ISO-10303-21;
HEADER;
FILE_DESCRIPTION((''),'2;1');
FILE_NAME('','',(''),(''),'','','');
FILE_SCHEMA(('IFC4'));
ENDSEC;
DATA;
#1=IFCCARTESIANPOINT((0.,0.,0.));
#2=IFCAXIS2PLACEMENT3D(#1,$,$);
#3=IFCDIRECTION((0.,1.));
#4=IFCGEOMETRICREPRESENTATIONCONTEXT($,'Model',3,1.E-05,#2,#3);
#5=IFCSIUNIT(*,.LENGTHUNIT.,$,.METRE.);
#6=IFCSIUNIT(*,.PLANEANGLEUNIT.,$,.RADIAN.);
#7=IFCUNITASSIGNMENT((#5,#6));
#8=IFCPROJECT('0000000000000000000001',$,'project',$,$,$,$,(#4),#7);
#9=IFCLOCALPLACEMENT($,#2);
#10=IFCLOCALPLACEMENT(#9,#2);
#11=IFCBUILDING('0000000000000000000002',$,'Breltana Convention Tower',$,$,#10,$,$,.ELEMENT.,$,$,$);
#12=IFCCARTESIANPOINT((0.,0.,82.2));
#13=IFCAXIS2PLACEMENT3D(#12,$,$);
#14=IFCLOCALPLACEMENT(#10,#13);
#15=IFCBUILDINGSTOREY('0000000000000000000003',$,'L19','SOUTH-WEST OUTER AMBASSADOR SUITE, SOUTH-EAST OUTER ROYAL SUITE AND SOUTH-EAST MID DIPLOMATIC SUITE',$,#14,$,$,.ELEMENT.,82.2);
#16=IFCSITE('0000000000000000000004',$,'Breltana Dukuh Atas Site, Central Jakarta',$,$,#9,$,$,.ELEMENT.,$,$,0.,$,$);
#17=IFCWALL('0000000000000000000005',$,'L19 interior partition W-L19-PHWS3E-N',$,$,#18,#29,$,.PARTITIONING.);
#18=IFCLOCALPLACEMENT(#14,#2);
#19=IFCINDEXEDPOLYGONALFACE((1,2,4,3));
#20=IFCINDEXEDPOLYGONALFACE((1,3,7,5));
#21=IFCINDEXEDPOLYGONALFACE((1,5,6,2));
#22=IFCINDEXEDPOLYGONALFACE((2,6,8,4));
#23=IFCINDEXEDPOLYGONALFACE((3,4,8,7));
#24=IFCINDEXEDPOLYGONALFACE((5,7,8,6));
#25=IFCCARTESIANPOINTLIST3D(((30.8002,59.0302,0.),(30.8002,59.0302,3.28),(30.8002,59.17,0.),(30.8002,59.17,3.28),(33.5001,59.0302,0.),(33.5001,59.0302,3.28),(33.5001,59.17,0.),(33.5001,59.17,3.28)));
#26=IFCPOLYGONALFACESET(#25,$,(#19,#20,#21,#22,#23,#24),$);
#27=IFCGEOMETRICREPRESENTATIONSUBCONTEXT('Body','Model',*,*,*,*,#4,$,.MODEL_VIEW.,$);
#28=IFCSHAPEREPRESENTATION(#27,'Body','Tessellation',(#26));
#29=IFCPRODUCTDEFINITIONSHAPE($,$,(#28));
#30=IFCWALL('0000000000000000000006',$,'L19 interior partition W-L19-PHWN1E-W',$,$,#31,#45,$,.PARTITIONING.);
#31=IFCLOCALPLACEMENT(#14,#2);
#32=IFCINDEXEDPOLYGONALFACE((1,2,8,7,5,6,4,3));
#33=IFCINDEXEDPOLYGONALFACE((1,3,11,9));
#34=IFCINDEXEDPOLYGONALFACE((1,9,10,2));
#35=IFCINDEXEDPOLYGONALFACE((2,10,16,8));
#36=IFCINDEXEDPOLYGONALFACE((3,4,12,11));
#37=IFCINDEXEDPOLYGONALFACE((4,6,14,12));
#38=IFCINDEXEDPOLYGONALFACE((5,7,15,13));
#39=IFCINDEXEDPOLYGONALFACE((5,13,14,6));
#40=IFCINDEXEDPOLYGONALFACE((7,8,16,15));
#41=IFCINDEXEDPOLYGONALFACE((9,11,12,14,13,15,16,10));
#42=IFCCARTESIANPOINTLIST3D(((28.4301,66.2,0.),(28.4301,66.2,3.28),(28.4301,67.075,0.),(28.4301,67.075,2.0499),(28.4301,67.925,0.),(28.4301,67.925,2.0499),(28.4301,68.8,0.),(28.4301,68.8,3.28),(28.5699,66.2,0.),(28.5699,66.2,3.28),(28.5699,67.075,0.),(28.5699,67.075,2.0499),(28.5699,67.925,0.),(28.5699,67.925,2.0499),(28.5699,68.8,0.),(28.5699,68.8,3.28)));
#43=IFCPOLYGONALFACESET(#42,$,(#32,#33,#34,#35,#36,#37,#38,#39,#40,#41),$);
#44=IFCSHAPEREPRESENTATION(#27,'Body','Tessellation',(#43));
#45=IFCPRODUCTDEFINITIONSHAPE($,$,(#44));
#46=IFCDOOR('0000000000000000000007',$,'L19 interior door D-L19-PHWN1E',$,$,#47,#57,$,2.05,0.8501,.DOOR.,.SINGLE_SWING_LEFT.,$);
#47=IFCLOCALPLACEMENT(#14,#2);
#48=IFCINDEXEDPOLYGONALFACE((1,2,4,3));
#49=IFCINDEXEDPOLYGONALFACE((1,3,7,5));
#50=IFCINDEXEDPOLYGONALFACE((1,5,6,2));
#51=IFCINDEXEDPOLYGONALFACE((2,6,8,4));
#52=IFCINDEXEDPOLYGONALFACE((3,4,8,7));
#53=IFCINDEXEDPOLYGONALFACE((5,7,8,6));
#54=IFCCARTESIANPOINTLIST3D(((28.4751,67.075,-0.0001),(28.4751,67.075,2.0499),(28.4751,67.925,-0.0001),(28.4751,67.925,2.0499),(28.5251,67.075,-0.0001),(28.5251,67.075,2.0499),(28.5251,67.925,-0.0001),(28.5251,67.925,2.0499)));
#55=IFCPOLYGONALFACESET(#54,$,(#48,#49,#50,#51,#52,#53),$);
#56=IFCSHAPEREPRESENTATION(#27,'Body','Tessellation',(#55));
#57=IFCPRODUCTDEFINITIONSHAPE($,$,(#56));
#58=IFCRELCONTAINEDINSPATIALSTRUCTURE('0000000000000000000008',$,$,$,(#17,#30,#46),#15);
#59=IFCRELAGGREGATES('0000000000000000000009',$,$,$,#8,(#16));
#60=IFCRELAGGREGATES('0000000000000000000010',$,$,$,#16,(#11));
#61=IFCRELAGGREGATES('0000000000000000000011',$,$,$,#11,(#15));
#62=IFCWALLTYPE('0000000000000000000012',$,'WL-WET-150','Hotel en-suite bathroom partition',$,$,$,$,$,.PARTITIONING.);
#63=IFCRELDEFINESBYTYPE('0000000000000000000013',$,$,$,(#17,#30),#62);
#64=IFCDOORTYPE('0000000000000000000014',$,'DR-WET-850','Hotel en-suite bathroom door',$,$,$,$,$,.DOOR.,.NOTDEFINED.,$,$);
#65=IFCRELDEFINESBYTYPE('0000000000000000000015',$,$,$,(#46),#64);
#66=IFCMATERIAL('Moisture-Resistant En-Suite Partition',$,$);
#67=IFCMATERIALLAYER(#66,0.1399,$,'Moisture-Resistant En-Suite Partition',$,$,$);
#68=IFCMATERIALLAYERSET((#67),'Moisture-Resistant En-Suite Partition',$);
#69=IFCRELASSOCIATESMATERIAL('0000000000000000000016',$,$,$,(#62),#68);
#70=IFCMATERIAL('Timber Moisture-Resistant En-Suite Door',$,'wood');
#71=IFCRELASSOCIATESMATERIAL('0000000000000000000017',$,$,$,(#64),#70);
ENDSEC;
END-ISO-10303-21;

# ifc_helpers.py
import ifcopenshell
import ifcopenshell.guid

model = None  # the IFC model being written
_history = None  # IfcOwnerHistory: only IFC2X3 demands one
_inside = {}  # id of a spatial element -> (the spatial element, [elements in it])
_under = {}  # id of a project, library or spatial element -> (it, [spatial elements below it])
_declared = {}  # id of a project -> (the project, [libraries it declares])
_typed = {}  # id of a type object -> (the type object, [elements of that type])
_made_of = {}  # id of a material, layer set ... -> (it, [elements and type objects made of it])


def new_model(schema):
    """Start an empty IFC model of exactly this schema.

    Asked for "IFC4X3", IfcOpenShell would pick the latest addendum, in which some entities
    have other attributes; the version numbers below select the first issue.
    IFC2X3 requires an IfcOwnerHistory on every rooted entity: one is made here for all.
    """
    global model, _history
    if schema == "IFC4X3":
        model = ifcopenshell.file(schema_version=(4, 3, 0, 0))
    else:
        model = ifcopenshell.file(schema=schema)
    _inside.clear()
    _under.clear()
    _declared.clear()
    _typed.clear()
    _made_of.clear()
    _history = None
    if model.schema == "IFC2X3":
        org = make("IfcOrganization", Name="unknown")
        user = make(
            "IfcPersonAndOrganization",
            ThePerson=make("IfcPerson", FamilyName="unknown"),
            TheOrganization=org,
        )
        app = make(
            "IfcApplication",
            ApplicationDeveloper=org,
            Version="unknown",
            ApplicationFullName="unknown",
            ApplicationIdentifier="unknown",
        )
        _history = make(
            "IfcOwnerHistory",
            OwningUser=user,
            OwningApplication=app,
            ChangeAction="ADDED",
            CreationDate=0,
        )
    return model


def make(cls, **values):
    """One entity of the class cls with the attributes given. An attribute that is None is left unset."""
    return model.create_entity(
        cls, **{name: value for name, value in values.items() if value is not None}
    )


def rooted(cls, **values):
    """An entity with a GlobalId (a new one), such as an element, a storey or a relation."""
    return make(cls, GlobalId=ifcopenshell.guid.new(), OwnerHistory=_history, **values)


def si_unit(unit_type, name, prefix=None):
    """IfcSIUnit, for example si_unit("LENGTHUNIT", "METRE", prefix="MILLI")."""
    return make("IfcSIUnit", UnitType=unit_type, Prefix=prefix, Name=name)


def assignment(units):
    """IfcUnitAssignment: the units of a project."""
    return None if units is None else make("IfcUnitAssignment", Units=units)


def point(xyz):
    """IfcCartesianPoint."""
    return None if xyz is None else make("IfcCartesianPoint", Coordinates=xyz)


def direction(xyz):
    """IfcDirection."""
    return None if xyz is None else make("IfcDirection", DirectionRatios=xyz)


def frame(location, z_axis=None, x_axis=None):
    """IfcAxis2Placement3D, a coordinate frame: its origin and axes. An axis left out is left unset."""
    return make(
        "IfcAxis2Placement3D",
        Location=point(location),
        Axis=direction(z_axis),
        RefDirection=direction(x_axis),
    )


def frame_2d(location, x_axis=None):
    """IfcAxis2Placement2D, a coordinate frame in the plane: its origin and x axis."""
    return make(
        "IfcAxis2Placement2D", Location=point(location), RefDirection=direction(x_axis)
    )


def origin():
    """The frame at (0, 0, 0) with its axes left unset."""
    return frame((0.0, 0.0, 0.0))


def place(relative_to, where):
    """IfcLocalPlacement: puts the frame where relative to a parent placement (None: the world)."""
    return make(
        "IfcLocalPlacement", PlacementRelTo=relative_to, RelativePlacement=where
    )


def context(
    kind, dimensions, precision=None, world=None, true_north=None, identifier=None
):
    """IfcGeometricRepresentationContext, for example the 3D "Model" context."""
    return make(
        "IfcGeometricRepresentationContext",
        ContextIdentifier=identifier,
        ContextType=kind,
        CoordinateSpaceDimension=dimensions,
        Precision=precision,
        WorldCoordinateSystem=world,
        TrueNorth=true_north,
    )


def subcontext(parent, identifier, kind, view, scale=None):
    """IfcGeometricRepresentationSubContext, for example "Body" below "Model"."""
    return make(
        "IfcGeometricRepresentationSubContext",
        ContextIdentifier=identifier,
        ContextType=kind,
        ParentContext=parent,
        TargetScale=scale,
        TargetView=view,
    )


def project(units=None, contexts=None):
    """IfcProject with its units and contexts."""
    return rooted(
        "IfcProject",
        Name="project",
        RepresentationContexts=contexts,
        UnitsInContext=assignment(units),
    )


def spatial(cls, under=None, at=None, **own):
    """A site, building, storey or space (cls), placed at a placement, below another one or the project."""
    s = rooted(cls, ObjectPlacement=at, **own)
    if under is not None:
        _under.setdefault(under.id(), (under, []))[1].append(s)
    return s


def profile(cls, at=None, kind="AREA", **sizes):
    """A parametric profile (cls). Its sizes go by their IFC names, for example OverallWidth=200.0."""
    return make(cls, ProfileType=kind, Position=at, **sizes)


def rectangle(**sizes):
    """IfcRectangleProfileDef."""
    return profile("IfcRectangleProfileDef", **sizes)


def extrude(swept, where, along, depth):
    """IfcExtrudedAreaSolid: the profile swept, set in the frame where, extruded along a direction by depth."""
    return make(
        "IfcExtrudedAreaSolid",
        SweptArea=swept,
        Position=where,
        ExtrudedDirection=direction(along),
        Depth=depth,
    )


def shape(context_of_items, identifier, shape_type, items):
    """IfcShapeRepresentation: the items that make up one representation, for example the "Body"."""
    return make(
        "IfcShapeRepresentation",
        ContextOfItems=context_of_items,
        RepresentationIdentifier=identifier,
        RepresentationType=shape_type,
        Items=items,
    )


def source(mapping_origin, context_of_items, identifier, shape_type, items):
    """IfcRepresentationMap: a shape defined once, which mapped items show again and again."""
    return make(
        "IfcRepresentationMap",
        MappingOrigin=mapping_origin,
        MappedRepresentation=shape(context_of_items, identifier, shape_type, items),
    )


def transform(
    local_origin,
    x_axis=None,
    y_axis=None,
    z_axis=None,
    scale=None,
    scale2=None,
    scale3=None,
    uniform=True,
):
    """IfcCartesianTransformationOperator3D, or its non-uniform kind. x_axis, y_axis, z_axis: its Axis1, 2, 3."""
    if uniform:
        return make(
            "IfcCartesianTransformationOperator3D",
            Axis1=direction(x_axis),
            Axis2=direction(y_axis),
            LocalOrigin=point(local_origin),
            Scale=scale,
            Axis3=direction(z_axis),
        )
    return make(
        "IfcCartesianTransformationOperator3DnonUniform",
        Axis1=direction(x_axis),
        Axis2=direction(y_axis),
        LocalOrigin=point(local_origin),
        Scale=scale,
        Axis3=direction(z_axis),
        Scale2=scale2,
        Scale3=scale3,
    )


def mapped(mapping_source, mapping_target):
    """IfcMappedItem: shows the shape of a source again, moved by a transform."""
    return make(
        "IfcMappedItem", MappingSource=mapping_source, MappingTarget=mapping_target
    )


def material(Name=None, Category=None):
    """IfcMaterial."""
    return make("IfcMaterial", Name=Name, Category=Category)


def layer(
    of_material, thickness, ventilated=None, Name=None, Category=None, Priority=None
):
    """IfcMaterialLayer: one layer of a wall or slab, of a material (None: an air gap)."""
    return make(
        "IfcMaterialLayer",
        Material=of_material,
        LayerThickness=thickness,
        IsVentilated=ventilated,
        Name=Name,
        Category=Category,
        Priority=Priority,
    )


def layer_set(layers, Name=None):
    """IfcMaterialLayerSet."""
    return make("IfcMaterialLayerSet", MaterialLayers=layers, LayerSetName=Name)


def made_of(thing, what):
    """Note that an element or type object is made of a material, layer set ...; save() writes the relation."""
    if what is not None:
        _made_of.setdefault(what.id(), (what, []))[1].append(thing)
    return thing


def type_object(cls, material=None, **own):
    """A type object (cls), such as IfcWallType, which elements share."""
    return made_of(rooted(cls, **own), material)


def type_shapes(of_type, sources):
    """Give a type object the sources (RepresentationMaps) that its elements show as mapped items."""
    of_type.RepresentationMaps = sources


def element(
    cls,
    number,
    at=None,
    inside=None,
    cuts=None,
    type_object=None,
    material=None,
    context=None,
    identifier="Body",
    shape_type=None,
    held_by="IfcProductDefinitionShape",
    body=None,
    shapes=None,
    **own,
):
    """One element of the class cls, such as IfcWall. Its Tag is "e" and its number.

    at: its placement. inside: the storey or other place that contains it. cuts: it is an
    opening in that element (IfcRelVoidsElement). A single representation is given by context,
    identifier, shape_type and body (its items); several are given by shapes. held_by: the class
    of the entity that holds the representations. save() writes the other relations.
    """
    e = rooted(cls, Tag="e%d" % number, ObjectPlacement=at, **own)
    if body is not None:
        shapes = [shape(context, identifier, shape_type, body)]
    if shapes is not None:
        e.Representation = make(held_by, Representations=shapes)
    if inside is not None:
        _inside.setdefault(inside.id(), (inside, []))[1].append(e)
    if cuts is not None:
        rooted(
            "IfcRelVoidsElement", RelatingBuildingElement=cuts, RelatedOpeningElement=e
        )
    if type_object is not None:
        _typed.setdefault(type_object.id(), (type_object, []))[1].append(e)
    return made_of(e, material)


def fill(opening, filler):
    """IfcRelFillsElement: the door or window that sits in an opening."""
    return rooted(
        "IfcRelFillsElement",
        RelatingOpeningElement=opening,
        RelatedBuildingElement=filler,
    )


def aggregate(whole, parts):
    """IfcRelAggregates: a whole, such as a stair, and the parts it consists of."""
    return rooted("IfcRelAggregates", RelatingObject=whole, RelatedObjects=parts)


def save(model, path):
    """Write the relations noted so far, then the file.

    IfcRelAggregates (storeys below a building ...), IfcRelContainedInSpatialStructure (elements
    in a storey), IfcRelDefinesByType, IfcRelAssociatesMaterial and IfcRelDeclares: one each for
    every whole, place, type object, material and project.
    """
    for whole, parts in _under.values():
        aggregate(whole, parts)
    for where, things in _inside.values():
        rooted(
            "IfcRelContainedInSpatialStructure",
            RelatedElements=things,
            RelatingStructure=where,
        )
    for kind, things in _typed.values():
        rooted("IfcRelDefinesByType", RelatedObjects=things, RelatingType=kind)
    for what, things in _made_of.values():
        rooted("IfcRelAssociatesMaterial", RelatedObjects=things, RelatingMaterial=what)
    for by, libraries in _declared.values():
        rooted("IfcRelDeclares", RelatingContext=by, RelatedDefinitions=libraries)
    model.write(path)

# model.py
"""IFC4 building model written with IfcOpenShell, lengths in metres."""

from ifc_helpers import new_model, si_unit, direction, frame, frame_2d, origin, place, context, subcontext, project, spatial, rectangle, extrude, source, transform, mapped, material, layer, layer_set, type_object, type_shapes, element, fill, save


model = new_model("IFC4")

# Units and contexts
model_context = context("Model", 3, precision=1e-05, world=origin(), true_north=direction((0.0, 1.0)))
body_context = subcontext(model_context, "Body", "Model", "MODEL_VIEW")
ifc_project = project(units=[si_unit("LENGTHUNIT", "METRE"), si_unit("PLANEANGLEUNIT", "RADIAN")], contexts=[model_context])

# Site, building, storey
site_placement = place(None, origin())
site = spatial("IfcSite", under=ifc_project, at=site_placement, Name="Breltana Dukuh Atas Site, Central Jakarta", CompositionType="ELEMENT", RefElevation=0.0)
building_placement = place(site_placement, origin())
building = spatial("IfcBuilding", under=site, at=building_placement, Name="Breltana Convention Tower", CompositionType="ELEMENT")
storey_placement = place(building_placement, frame((0.0, 0.0, 82.2)))
storey = spatial("IfcBuildingStorey", under=building, at=storey_placement, Name="L19", Description="SOUTH-WEST OUTER AMBASSADOR SUITE, SOUTH-EAST OUTER ROYAL SUITE AND SOUTH-EAST MID DIPLOMATIC SUITE", CompositionType="ELEMENT", Elevation=82.2)

# Wall
ifc_material_1 = material(Name="Moisture-Resistant En-Suite Partition")
ifc_layer_1 = layer(ifc_material_1, 0.1399, Name="Moisture-Resistant En-Suite Partition")
ifc_layer_set_1 = layer_set([ifc_layer_1], Name="Moisture-Resistant En-Suite Partition")
wall_type_1 = type_object("IfcWallType", Name="WL-WET-150", Description="Hotel en-suite bathroom partition", PredefinedType="PARTITIONING", material=ifc_layer_set_1)
shared_shape_1 = source(origin(), body_context, "Body", "SweptSolid", [
    extrude(rectangle(XDim=2.7, YDim=0.1399, at=frame_2d((1.3501, 0.0))), origin(), (0.0, 0.0, 1.0), 3.28),
])
for number, where, z_axis, x_axis, name in (
    (1, (30.8, 59.1001, 0.0), (0.0, 0.0, 1.0), (1.0, 0.0, 0.0), "L19 interior partition W-L19-PHWS3E-N"),
):
    element("IfcWall", number, at=place(storey_placement, frame(where, z_axis=z_axis, x_axis=x_axis)), inside=storey, type_object=wall_type_1, Name=name, PredefinedType="PARTITIONING", context=body_context, shape_type="MappedRepresentation", body=[
        mapped(shared_shape_1, transform((0.0, 0.0, 0.0), scale=1.0)),
    ])

# Wall, opening, door
shared_shape_2 = source(origin(), body_context, "Body", "SweptSolid", [
    extrude(rectangle(XDim=2.6001, YDim=0.1399, at=frame_2d((1.3, 0.0))), origin(), (0.0, 0.0, 1.0), 3.28),
])
wall_1_placement = place(storey_placement, frame((28.5, 66.2, 0.0), z_axis=(0.0, 0.0, 1.0), x_axis=(0.0, 1.0, 0.0)))
wall_1 = element("IfcWall", 2, at=wall_1_placement, inside=storey, type_object=wall_type_1, Name="L19 interior partition W-L19-PHWN1E-W", PredefinedType="PARTITIONING", context=body_context, shape_type="MappedRepresentation", body=[
    mapped(shared_shape_2, transform((0.0, 0.0, 0.0), scale=1.0)),
])
opening_1_placement = place(wall_1_placement, frame((0.875, 0.0, 0.0)))
opening_1 = element("IfcOpeningElement", 3, at=opening_1_placement, cuts=wall_1, PredefinedType="OPENING", context=body_context, shape_type="SweptSolid", body=[
    extrude(rectangle(XDim=0.8501, YDim=2.05, at=frame_2d((0.425, 1.0249))), frame((0.0, 0.0801, 0.0), z_axis=(0.0, -1.0, 0.0), x_axis=(1.0, 0.0, 0.0)), (0.0, 0.0, 1.0), 0.1599),
])
ifc_material_2 = material(Name="Timber Moisture-Resistant En-Suite Door", Category="wood")
door_type_1 = type_object("IfcDoorType", Name="DR-WET-850", Description="Hotel en-suite bathroom door", OperationType="NOTDEFINED", PredefinedType="DOOR", material=ifc_material_2)
shared_shape_3 = source(origin(), body_context, "Body", "SweptSolid", [
    extrude(rectangle(XDim=0.8501, YDim=2.05, at=frame_2d((0.425, 1.0249))), frame((0.0, 0.0249, 0.0), z_axis=(0.0, -1.0, 0.0), x_axis=(1.0, 0.0, 0.0)), (0.0, 0.0, 1.0), 0.05),
])
type_shapes(door_type_1, [shared_shape_3])
door_1_placement = place(opening_1_placement, origin())
door_1 = element("IfcDoor", 4, at=door_1_placement, inside=storey, type_object=door_type_1, Name="L19 interior door D-L19-PHWN1E", OperationType="SINGLE_SWING_LEFT", OverallHeight=2.05, OverallWidth=0.8501, PredefinedType="DOOR", context=body_context, shape_type="MappedRepresentation", body=[
    mapped(shared_shape_3, transform((0.0, 0.0, 0.0), scale=1.0)),
])
fill(opening_1, door_1)

save(model, "model.ifc")
